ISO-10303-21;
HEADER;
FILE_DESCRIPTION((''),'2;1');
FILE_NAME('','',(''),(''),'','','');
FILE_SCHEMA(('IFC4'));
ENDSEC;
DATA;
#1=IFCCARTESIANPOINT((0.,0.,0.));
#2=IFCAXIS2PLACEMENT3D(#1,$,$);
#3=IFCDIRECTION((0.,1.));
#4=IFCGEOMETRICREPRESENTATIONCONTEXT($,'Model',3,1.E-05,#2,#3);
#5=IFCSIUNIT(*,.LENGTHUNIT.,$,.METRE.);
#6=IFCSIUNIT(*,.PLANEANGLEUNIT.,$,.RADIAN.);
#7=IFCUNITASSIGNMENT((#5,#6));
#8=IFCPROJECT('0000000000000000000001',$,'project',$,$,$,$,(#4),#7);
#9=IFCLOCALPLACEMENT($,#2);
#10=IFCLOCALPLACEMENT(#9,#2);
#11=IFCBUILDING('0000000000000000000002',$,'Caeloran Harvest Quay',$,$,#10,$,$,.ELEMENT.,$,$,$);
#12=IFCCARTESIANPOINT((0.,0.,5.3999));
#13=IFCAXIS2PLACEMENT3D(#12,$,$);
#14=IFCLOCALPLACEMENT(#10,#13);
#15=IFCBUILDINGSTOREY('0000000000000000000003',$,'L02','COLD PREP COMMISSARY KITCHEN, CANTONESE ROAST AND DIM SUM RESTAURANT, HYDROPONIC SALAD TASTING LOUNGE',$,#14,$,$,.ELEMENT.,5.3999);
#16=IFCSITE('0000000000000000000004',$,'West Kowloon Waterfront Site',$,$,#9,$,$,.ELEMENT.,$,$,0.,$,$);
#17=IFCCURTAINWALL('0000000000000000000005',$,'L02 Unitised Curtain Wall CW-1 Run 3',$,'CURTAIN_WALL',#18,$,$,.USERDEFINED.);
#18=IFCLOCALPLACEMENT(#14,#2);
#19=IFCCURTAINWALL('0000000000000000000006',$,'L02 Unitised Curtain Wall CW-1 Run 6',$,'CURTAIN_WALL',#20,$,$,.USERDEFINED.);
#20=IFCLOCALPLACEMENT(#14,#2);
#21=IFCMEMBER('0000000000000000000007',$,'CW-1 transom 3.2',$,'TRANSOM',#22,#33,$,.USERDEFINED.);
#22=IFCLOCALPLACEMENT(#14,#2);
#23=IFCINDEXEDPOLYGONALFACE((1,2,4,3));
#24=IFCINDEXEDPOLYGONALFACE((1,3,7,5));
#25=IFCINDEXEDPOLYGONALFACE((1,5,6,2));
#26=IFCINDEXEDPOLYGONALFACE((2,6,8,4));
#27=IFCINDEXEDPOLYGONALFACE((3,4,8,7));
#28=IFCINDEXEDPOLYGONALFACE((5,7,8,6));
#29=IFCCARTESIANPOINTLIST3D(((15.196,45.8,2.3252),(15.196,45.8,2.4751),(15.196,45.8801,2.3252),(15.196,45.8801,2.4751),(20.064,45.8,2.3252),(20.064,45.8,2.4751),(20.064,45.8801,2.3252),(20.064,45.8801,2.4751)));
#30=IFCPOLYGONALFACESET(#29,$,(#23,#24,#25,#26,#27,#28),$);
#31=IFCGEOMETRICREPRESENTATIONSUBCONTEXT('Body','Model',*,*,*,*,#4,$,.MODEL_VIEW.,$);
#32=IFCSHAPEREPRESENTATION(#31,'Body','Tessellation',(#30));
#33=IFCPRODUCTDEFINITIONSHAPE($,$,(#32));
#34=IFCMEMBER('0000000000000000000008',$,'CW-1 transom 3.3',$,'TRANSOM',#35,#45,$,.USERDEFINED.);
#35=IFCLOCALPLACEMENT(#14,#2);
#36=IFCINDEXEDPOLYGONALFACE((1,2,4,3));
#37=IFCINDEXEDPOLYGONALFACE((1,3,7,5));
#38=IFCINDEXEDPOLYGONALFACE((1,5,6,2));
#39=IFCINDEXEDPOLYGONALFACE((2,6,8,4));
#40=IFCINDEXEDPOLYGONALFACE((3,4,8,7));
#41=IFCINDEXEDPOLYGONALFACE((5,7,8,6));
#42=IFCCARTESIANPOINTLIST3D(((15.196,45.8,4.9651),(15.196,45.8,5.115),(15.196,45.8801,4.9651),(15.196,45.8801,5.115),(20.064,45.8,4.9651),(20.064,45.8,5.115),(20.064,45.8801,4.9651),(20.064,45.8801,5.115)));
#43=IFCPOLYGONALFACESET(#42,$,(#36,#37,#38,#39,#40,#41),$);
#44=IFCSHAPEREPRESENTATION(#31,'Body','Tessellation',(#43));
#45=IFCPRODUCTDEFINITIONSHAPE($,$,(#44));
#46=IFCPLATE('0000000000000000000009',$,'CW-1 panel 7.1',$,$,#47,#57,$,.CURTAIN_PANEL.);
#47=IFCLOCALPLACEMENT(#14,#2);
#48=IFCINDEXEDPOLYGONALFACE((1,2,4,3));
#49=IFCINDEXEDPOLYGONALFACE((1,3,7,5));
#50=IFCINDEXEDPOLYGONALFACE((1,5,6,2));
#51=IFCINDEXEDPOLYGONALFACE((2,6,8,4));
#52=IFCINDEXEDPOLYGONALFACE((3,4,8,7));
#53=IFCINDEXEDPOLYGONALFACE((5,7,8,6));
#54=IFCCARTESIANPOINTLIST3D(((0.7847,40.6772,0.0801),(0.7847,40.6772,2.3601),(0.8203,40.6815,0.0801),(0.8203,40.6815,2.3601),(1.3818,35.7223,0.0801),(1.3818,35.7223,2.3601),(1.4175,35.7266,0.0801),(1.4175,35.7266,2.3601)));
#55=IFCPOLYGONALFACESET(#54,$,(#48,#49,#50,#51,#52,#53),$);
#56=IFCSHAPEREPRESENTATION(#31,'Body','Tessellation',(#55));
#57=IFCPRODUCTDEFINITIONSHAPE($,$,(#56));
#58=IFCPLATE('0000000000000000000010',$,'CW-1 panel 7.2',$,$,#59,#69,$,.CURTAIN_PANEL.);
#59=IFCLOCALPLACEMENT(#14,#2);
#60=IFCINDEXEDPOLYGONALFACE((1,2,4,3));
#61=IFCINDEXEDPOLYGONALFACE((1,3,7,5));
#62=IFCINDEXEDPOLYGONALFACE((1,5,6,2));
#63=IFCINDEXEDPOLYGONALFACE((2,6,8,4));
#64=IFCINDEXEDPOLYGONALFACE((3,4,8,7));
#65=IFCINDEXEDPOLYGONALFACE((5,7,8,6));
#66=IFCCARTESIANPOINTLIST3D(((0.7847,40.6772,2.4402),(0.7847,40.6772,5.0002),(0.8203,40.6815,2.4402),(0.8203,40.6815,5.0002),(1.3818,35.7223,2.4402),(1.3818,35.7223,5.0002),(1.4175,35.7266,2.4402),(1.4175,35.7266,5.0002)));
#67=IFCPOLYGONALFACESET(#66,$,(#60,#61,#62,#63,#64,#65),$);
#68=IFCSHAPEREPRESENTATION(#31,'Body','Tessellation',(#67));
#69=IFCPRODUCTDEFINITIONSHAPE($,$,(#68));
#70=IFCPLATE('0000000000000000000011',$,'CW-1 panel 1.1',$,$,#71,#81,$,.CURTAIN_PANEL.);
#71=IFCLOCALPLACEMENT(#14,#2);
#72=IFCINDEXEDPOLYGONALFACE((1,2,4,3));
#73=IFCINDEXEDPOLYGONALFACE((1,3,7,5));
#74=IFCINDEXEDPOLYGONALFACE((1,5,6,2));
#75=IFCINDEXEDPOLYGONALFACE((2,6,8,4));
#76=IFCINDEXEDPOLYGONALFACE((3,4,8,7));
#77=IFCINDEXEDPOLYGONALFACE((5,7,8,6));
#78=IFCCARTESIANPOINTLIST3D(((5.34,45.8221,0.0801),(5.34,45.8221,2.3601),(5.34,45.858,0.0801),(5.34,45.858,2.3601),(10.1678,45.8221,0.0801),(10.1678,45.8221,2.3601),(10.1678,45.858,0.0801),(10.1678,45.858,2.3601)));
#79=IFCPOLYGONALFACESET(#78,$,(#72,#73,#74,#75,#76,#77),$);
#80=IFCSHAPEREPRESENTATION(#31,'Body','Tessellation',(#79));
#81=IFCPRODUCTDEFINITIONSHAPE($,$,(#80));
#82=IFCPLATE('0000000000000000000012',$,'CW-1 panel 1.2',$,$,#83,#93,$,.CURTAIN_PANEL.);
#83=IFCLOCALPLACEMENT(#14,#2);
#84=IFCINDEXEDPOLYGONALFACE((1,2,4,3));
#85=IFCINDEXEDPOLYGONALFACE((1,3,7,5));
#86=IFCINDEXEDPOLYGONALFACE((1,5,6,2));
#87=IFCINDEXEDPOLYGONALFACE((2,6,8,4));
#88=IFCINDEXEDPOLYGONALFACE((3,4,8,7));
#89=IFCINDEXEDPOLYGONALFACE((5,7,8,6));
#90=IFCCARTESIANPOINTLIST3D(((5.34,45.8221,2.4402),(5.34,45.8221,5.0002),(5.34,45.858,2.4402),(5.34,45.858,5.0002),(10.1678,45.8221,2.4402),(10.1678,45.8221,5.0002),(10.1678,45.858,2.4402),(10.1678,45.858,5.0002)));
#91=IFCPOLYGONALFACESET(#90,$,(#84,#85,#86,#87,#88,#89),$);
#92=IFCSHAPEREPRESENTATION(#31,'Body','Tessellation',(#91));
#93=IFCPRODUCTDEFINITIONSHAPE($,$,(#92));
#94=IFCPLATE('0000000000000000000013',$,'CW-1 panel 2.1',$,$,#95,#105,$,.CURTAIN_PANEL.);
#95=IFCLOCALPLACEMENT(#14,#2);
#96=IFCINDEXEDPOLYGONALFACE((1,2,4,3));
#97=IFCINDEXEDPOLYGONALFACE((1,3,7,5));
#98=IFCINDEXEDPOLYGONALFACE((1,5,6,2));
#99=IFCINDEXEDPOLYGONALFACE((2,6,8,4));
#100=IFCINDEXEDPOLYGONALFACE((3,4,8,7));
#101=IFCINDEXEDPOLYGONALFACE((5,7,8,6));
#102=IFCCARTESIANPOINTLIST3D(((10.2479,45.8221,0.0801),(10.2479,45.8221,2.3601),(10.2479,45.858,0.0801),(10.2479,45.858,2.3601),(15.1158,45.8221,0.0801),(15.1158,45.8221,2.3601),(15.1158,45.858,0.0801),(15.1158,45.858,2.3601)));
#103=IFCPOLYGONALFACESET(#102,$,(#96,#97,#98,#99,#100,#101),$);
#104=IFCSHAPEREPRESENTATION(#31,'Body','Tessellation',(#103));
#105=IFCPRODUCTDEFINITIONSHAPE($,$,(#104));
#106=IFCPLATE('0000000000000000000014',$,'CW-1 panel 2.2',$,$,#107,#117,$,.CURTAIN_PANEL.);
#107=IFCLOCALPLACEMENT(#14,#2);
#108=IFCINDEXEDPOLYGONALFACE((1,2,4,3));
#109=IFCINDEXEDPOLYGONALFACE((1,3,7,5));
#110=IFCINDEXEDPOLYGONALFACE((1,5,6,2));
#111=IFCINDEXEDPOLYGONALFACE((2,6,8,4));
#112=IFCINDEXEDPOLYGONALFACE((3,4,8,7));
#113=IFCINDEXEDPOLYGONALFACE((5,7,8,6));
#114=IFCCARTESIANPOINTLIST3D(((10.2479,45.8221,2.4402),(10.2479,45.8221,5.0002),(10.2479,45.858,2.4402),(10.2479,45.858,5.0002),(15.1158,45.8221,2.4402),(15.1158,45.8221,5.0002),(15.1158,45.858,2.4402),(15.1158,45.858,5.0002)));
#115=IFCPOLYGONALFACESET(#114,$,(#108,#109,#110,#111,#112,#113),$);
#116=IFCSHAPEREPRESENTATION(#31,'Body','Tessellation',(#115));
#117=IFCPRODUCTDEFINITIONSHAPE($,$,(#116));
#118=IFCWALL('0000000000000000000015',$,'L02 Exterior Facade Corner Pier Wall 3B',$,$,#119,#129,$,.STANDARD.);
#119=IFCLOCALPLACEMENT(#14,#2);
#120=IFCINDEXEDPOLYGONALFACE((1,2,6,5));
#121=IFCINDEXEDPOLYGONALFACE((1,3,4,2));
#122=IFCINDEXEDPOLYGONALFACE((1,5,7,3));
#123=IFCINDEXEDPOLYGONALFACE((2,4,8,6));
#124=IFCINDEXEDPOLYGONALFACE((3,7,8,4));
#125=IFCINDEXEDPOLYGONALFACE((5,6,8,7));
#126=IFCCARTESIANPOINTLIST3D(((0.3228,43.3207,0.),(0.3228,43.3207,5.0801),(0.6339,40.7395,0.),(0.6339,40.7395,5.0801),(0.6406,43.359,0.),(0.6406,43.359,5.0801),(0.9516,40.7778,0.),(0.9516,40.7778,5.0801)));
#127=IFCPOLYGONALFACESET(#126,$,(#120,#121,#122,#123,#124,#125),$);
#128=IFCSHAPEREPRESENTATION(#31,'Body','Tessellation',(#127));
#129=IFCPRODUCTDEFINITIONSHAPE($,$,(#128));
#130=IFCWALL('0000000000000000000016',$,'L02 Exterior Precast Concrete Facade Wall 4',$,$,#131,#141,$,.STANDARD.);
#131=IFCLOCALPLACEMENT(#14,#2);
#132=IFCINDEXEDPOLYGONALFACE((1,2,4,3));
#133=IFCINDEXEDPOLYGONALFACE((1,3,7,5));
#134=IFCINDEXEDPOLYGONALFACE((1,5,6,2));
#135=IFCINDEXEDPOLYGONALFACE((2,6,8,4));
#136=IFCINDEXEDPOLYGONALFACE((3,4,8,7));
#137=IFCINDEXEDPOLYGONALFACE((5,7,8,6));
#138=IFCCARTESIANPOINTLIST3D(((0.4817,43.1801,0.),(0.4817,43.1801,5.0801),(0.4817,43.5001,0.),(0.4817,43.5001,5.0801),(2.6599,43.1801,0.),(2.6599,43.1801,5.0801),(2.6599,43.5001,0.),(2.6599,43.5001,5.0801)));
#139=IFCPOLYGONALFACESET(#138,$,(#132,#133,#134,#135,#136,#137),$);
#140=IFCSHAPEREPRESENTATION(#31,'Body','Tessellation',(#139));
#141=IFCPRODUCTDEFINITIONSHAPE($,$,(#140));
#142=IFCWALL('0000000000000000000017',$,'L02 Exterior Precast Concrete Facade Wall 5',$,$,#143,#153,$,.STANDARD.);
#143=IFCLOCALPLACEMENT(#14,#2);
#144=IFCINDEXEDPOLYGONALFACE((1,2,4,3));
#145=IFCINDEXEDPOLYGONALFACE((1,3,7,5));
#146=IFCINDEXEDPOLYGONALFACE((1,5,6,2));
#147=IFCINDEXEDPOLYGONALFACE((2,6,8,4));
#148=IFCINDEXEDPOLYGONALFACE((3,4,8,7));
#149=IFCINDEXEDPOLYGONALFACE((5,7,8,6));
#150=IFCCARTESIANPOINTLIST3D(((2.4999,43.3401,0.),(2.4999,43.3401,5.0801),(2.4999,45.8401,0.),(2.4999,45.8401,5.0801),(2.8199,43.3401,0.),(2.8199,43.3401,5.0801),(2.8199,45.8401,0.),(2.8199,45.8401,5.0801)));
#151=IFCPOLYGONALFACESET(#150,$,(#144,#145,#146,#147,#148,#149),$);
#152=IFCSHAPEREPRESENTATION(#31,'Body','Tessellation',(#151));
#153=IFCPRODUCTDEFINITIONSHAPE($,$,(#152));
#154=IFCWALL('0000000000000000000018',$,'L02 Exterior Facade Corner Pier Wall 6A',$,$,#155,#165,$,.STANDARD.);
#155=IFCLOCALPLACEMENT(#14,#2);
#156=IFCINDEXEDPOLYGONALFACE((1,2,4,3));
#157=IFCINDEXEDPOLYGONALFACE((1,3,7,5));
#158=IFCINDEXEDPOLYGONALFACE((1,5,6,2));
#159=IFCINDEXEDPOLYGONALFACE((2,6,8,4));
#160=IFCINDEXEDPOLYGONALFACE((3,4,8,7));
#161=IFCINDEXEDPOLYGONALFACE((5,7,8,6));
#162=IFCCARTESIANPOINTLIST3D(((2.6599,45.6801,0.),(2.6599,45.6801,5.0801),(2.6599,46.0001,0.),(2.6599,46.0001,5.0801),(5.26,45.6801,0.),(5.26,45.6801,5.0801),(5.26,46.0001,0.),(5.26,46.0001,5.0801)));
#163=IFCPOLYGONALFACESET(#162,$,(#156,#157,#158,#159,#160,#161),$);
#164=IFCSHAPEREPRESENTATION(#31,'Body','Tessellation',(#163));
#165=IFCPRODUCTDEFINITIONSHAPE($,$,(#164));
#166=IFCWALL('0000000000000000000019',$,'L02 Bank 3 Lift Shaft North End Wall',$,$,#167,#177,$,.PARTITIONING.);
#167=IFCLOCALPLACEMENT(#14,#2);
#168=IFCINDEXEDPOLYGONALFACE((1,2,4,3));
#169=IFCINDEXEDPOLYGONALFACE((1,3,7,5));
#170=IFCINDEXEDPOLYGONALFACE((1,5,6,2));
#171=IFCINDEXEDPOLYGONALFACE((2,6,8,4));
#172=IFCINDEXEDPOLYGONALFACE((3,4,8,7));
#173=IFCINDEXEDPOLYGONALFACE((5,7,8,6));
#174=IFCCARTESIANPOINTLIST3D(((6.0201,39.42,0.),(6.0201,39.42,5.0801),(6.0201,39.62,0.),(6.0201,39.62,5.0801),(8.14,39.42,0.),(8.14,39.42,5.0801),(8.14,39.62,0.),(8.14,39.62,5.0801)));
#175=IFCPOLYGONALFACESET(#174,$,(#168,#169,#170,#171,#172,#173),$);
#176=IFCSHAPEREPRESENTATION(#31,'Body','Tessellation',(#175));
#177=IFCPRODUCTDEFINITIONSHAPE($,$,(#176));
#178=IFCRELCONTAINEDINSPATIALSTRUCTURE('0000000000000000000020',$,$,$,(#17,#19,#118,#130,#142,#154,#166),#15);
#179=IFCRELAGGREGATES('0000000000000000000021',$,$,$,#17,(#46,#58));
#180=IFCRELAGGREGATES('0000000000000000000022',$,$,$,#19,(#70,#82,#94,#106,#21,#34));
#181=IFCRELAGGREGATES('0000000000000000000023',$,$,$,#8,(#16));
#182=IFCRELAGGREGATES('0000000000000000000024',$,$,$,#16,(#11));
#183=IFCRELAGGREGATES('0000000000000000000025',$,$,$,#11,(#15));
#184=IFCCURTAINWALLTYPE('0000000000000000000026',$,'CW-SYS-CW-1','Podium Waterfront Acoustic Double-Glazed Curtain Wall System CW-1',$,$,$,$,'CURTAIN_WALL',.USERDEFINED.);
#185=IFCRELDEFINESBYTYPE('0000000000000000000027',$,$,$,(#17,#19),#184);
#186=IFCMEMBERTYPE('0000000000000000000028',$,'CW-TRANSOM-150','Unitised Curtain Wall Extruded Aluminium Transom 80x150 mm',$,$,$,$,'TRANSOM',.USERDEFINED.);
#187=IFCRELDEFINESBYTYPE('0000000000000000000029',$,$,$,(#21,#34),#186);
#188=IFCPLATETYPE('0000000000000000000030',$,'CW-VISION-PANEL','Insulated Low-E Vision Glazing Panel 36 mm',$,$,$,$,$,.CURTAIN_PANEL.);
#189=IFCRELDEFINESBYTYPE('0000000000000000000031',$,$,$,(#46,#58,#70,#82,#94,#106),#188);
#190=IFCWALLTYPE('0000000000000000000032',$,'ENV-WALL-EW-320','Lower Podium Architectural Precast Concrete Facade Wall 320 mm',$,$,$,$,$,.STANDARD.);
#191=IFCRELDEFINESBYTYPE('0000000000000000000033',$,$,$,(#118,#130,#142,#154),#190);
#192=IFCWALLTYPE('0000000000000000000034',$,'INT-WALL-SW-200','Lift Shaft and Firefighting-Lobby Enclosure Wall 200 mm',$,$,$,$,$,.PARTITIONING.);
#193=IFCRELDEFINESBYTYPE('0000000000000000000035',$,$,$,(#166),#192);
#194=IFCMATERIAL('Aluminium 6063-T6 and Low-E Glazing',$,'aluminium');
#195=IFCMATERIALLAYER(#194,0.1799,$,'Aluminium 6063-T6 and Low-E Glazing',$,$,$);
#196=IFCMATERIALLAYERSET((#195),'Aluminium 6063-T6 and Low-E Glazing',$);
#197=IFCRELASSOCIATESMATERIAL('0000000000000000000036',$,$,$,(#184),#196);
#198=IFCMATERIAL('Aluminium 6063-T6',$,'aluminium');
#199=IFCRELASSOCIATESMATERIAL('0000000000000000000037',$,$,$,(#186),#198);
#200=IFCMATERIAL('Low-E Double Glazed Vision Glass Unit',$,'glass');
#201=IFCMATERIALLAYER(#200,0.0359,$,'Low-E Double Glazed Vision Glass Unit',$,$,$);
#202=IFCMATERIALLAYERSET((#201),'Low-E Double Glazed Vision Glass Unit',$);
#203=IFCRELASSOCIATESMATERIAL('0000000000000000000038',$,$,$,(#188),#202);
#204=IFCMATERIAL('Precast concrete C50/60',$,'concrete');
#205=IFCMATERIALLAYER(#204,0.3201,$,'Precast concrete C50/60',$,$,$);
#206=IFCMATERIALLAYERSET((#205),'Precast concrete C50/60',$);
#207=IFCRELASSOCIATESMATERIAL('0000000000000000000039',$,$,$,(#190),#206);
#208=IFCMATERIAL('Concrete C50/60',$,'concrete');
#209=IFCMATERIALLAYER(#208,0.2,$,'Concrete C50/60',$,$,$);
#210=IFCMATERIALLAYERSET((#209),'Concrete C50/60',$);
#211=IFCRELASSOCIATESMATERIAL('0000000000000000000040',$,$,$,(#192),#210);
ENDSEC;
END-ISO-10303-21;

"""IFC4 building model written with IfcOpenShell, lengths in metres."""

from ifc_helpers import new_model, si_unit, direction, frame, frame_2d, origin, origin_2d, place, context, subcontext, project, spatial, rectangle, extrude, material, layer, layer_set, material_profile, profile_set, type_object, element, aggregate, save


model = new_model("IFC4")

# Units and contexts
model_context = context("Model", 3, precision=1e-05, world=origin(), true_north=direction((0.0, 1.0)))
body_context = subcontext(model_context, "Body", "Model", "MODEL_VIEW")
ifc_project = project(units=[si_unit("LENGTHUNIT", "METRE"), si_unit("PLANEANGLEUNIT", "RADIAN")], contexts=[model_context])

# Site, building, storey
site_placement = place(None, origin())
site = spatial("IfcSite", under=ifc_project, at=site_placement, Name="West Kowloon Waterfront Site", CompositionType="ELEMENT", RefElevation=0.0)
building_placement = place(site_placement, origin())
building = spatial("IfcBuilding", under=site, at=building_placement, Name="Caeloran Harvest Quay", CompositionType="ELEMENT")
storey_placement = place(building_placement, frame((0.0, 0.0, 5.3999)))
storey = spatial("IfcBuildingStorey", under=building, at=storey_placement, Name="L02", Description="COLD PREP COMMISSARY KITCHEN, CANTONESE ROAST AND DIM SUM RESTAURANT, HYDROPONIC SALAD TASTING LOUNGE", CompositionType="ELEMENT", Elevation=5.3999)

# Curtain walls
ifc_material_1 = material(Name="Aluminium 6063-T6 and Low-E Glazing", Category="aluminium")
ifc_layer_1 = layer(ifc_material_1, 0.1799, Name="Aluminium 6063-T6 and Low-E Glazing")
ifc_layer_set_1 = layer_set([ifc_layer_1], Name="Aluminium 6063-T6 and Low-E Glazing")
curtain_wall_type = type_object("IfcCurtainWallType", Name="CW-SYS-CW-1", Description="Podium Waterfront Acoustic Double-Glazed Curtain Wall System CW-1", ElementType="CURTAIN_WALL", PredefinedType="USERDEFINED", material=ifc_layer_set_1)
curtain_wall_1_placement = place(storey_placement, origin())
curtain_wall_1 = element("IfcCurtainWall", 1, at=curtain_wall_1_placement, inside=storey, type_object=curtain_wall_type, Name="L02 Unitised Curtain Wall CW-1 Run 3", ObjectType="CURTAIN_WALL", PredefinedType="USERDEFINED")
ifc_material_2 = material(Name="Aluminium 6063-T6", Category="aluminium")
curtain_wall_2_placement = place(storey_placement, origin())
curtain_wall_2 = element("IfcCurtainWall", 2, at=curtain_wall_2_placement, inside=storey, type_object=curtain_wall_type, Name="L02 Unitised Curtain Wall CW-1 Run 6", ObjectType="CURTAIN_WALL", PredefinedType="USERDEFINED")

# Members
ifc_material_profile_1 = material_profile(ifc_material_2, rectangle(XDim=0.0801, YDim=0.1499, at=origin_2d()), Name="CW-TRANSOM-150")
ifc_profile_set_1 = profile_set([ifc_material_profile_1], Name="Aluminium 6063-T6")
member_type_1 = type_object("IfcMemberType", Name="CW-TRANSOM-150", Description="Unitised Curtain Wall Extruded Aluminium Transom 80x150 mm", ElementType="TRANSOM", PredefinedType="USERDEFINED", material=ifc_profile_set_1)
member_1_placement = place(storey_placement, frame((15.196, 45.8401, 2.4001), z_axis=(1.0, 0.0, 0.0), x_axis=(0.0, 1.0, 0.0)))
member_1 = element("IfcMember", 3, at=member_1_placement, type_object=member_type_1, Name="CW-1 transom 3.2", ObjectType="TRANSOM", PredefinedType="USERDEFINED", context=body_context, shape_type="SweptSolid", body=[
    extrude(rectangle(XDim=0.0801, YDim=0.1499, at=origin_2d()), origin(), (0.0, 0.0, 1.0), 4.8679),
])
member_2_placement = place(storey_placement, frame((15.196, 45.8401, 5.04), z_axis=(1.0, 0.0, 0.0), x_axis=(0.0, 1.0, 0.0)))
member_2 = element("IfcMember", 4, at=member_2_placement, type_object=member_type_1, Name="CW-1 transom 3.3", ObjectType="TRANSOM", PredefinedType="USERDEFINED", context=body_context, shape_type="SweptSolid", body=[
    extrude(rectangle(XDim=0.0801, YDim=0.1499, at=origin_2d()), origin(), (0.0, 0.0, 1.0), 4.8679),
])

# Plates
ifc_material_3 = material(Name="Low-E Double Glazed Vision Glass Unit", Category="glass")
ifc_layer_2 = layer(ifc_material_3, 0.0359, Name="Low-E Double Glazed Vision Glass Unit")
ifc_layer_set_2 = layer_set([ifc_layer_2], Name="Low-E Double Glazed Vision Glass Unit")
plate_type = type_object("IfcPlateType", Name="CW-VISION-PANEL", Description="Insulated Low-E Vision Glazing Panel 36 mm", PredefinedType="CURTAIN_PANEL", material=ifc_layer_set_2)
plate_1_placement = place(storey_placement, frame((1.1011, 38.2019, 0.0801), z_axis=(0.0, 0.0, 1.0), x_axis=(-0.119658, 0.992815, 0.0)))
plate_1 = element("IfcPlate", 5, at=plate_1_placement, type_object=plate_type, Name="CW-1 panel 7.1", PredefinedType="CURTAIN_PANEL", context=body_context, shape_type="SweptSolid", body=[
    extrude(rectangle(XDim=4.9907, YDim=0.0359, at=origin_2d()), origin(), (0.0, 0.0, 1.0), 2.28),
])
plate_2_placement = place(storey_placement, frame((1.1011, 38.2019, 2.4402), z_axis=(0.0, 0.0, 1.0), x_axis=(-0.119658, 0.992815, 0.0)))
plate_2 = element("IfcPlate", 6, at=plate_2_placement, type_object=plate_type, Name="CW-1 panel 7.2", PredefinedType="CURTAIN_PANEL", context=body_context, shape_type="SweptSolid", body=[
    extrude(rectangle(XDim=4.9907, YDim=0.0359, at=origin_2d()), origin(), (0.0, 0.0, 1.0), 2.5601),
])
aggregate(curtain_wall_1, [plate_1, plate_2])
plate_3_placement = place(storey_placement, frame((7.7539, 45.8401, 0.0801), z_axis=(0.0, 0.0, 1.0), x_axis=(1.0, 0.0, 0.0)))
plate_3 = element("IfcPlate", 7, at=plate_3_placement, type_object=plate_type, Name="CW-1 panel 1.1", PredefinedType="CURTAIN_PANEL", context=body_context, shape_type="SweptSolid", body=[
    extrude(rectangle(XDim=4.8279, YDim=0.0359, at=origin_2d()), origin(), (0.0, 0.0, 1.0), 2.28),
])
plate_4_placement = place(storey_placement, frame((7.7539, 45.8401, 2.4402), z_axis=(0.0, 0.0, 1.0), x_axis=(1.0, 0.0, 0.0)))
plate_4 = element("IfcPlate", 8, at=plate_4_placement, type_object=plate_type, Name="CW-1 panel 1.2", PredefinedType="CURTAIN_PANEL", context=body_context, shape_type="SweptSolid", body=[
    extrude(rectangle(XDim=4.8279, YDim=0.0359, at=origin_2d()), origin(), (0.0, 0.0, 1.0), 2.5601),
])
plate_5_placement = place(storey_placement, frame((12.6819, 45.8401, 0.0801), z_axis=(0.0, 0.0, 1.0), x_axis=(1.0, 0.0, 0.0)))
plate_5 = element("IfcPlate", 9, at=plate_5_placement, type_object=plate_type, Name="CW-1 panel 2.1", PredefinedType="CURTAIN_PANEL", context=body_context, shape_type="SweptSolid", body=[
    extrude(rectangle(XDim=4.8679, YDim=0.0359, at=origin_2d()), origin(), (0.0, 0.0, 1.0), 2.28),
])
plate_6_placement = place(storey_placement, frame((12.6819, 45.8401, 2.4402), z_axis=(0.0, 0.0, 1.0), x_axis=(1.0, 0.0, 0.0)))
plate_6 = element("IfcPlate", 10, at=plate_6_placement, type_object=plate_type, Name="CW-1 panel 2.2", PredefinedType="CURTAIN_PANEL", context=body_context, shape_type="SweptSolid", body=[
    extrude(rectangle(XDim=4.8679, YDim=0.0359, at=origin_2d()), origin(), (0.0, 0.0, 1.0), 2.5601),
])
aggregate(curtain_wall_2, [plate_3, plate_4, plate_5, plate_6, member_1, member_2])

# Walls
ifc_material_4 = material(Name="Precast concrete C50/60", Category="concrete")
ifc_layer_3 = layer(ifc_material_4, 0.3201, Name="Precast concrete C50/60")
ifc_layer_set_3 = layer_set([ifc_layer_3], Name="Precast concrete C50/60")
wall_type_1 = type_object("IfcWallType", Name="ENV-WALL-EW-320", Description="Lower Podium Architectural Precast Concrete Facade Wall 320 mm", PredefinedType="STANDARD", material=ifc_layer_set_3)
wall_1_placement = place(storey_placement, frame((0.7927, 40.7588, 0.0), z_axis=(0.0, 0.0, 1.0), x_axis=(-0.11963, 0.992819, 0.0)))
element("IfcWall", 11, at=wall_1_placement, inside=storey, type_object=wall_type_1, Name="L02 Exterior Facade Corner Pier Wall 3B", PredefinedType="STANDARD", context=body_context, shape_type="SweptSolid", body=[
    extrude(rectangle(XDim=2.5999, YDim=0.3201, at=frame_2d((1.2998, 0.0))), origin(), (0.0, 0.0, 1.0), 5.0801),
])
wall_2_placement = place(storey_placement, frame((0.4817, 43.3401, 0.0), z_axis=(0.0, 0.0, 1.0), x_axis=(1.0, 0.0, 0.0)))
element("IfcWall", 12, at=wall_2_placement, inside=storey, type_object=wall_type_1, Name="L02 Exterior Precast Concrete Facade Wall 4", PredefinedType="STANDARD", context=body_context, shape_type="SweptSolid", body=[
    extrude(rectangle(XDim=2.1782, YDim=0.3201, at=frame_2d((1.0891, 0.0))), origin(), (0.0, 0.0, 1.0), 5.0801),
])
wall_3_placement = place(storey_placement, frame((2.6599, 43.3401, 0.0), z_axis=(0.0, 0.0, 1.0), x_axis=(0.0, 1.0, 0.0)))
element("IfcWall", 13, at=wall_3_placement, inside=storey, type_object=wall_type_1, Name="L02 Exterior Precast Concrete Facade Wall 5", PredefinedType="STANDARD", context=body_context, shape_type="SweptSolid", body=[
    extrude(rectangle(XDim=2.5, YDim=0.3201, at=frame_2d((1.25, 0.0))), origin(), (0.0, 0.0, 1.0), 5.0801),
])
wall_4_placement = place(storey_placement, frame((2.6599, 45.8401, 0.0), z_axis=(0.0, 0.0, 1.0), x_axis=(1.0, 0.0, 0.0)))
element("IfcWall", 14, at=wall_4_placement, inside=storey, type_object=wall_type_1, Name="L02 Exterior Facade Corner Pier Wall 6A", PredefinedType="STANDARD", context=body_context, shape_type="SweptSolid", body=[
    extrude(rectangle(XDim=2.6001, YDim=0.3201, at=frame_2d((1.3, 0.0))), origin(), (0.0, 0.0, 1.0), 5.0801),
])
ifc_material_5 = material(Name="Concrete C50/60", Category="concrete")
ifc_layer_4 = layer(ifc_material_5, 0.2, Name="Concrete C50/60")
ifc_layer_set_4 = layer_set([ifc_layer_4], Name="Concrete C50/60")
wall_type_2 = type_object("IfcWallType", Name="INT-WALL-SW-200", Description="Lift Shaft and Firefighting-Lobby Enclosure Wall 200 mm", PredefinedType="PARTITIONING", material=ifc_layer_set_4)
wall_5_placement = place(storey_placement, frame((6.02, 39.52, 0.0), z_axis=(0.0, 0.0, 1.0), x_axis=(1.0, 0.0, 0.0)))
element("IfcWall", 15, at=wall_5_placement, inside=storey, type_object=wall_type_2, Name="L02 Bank 3 Lift Shaft North End Wall", PredefinedType="PARTITIONING", context=body_context, shape_type="SweptSolid", body=[
    extrude(rectangle(XDim=2.1199, YDim=0.2, at=frame_2d((1.0601, 0.0))), origin(), (0.0, 0.0, 1.0), 5.0801),
])

save(model, "model.ifc")
